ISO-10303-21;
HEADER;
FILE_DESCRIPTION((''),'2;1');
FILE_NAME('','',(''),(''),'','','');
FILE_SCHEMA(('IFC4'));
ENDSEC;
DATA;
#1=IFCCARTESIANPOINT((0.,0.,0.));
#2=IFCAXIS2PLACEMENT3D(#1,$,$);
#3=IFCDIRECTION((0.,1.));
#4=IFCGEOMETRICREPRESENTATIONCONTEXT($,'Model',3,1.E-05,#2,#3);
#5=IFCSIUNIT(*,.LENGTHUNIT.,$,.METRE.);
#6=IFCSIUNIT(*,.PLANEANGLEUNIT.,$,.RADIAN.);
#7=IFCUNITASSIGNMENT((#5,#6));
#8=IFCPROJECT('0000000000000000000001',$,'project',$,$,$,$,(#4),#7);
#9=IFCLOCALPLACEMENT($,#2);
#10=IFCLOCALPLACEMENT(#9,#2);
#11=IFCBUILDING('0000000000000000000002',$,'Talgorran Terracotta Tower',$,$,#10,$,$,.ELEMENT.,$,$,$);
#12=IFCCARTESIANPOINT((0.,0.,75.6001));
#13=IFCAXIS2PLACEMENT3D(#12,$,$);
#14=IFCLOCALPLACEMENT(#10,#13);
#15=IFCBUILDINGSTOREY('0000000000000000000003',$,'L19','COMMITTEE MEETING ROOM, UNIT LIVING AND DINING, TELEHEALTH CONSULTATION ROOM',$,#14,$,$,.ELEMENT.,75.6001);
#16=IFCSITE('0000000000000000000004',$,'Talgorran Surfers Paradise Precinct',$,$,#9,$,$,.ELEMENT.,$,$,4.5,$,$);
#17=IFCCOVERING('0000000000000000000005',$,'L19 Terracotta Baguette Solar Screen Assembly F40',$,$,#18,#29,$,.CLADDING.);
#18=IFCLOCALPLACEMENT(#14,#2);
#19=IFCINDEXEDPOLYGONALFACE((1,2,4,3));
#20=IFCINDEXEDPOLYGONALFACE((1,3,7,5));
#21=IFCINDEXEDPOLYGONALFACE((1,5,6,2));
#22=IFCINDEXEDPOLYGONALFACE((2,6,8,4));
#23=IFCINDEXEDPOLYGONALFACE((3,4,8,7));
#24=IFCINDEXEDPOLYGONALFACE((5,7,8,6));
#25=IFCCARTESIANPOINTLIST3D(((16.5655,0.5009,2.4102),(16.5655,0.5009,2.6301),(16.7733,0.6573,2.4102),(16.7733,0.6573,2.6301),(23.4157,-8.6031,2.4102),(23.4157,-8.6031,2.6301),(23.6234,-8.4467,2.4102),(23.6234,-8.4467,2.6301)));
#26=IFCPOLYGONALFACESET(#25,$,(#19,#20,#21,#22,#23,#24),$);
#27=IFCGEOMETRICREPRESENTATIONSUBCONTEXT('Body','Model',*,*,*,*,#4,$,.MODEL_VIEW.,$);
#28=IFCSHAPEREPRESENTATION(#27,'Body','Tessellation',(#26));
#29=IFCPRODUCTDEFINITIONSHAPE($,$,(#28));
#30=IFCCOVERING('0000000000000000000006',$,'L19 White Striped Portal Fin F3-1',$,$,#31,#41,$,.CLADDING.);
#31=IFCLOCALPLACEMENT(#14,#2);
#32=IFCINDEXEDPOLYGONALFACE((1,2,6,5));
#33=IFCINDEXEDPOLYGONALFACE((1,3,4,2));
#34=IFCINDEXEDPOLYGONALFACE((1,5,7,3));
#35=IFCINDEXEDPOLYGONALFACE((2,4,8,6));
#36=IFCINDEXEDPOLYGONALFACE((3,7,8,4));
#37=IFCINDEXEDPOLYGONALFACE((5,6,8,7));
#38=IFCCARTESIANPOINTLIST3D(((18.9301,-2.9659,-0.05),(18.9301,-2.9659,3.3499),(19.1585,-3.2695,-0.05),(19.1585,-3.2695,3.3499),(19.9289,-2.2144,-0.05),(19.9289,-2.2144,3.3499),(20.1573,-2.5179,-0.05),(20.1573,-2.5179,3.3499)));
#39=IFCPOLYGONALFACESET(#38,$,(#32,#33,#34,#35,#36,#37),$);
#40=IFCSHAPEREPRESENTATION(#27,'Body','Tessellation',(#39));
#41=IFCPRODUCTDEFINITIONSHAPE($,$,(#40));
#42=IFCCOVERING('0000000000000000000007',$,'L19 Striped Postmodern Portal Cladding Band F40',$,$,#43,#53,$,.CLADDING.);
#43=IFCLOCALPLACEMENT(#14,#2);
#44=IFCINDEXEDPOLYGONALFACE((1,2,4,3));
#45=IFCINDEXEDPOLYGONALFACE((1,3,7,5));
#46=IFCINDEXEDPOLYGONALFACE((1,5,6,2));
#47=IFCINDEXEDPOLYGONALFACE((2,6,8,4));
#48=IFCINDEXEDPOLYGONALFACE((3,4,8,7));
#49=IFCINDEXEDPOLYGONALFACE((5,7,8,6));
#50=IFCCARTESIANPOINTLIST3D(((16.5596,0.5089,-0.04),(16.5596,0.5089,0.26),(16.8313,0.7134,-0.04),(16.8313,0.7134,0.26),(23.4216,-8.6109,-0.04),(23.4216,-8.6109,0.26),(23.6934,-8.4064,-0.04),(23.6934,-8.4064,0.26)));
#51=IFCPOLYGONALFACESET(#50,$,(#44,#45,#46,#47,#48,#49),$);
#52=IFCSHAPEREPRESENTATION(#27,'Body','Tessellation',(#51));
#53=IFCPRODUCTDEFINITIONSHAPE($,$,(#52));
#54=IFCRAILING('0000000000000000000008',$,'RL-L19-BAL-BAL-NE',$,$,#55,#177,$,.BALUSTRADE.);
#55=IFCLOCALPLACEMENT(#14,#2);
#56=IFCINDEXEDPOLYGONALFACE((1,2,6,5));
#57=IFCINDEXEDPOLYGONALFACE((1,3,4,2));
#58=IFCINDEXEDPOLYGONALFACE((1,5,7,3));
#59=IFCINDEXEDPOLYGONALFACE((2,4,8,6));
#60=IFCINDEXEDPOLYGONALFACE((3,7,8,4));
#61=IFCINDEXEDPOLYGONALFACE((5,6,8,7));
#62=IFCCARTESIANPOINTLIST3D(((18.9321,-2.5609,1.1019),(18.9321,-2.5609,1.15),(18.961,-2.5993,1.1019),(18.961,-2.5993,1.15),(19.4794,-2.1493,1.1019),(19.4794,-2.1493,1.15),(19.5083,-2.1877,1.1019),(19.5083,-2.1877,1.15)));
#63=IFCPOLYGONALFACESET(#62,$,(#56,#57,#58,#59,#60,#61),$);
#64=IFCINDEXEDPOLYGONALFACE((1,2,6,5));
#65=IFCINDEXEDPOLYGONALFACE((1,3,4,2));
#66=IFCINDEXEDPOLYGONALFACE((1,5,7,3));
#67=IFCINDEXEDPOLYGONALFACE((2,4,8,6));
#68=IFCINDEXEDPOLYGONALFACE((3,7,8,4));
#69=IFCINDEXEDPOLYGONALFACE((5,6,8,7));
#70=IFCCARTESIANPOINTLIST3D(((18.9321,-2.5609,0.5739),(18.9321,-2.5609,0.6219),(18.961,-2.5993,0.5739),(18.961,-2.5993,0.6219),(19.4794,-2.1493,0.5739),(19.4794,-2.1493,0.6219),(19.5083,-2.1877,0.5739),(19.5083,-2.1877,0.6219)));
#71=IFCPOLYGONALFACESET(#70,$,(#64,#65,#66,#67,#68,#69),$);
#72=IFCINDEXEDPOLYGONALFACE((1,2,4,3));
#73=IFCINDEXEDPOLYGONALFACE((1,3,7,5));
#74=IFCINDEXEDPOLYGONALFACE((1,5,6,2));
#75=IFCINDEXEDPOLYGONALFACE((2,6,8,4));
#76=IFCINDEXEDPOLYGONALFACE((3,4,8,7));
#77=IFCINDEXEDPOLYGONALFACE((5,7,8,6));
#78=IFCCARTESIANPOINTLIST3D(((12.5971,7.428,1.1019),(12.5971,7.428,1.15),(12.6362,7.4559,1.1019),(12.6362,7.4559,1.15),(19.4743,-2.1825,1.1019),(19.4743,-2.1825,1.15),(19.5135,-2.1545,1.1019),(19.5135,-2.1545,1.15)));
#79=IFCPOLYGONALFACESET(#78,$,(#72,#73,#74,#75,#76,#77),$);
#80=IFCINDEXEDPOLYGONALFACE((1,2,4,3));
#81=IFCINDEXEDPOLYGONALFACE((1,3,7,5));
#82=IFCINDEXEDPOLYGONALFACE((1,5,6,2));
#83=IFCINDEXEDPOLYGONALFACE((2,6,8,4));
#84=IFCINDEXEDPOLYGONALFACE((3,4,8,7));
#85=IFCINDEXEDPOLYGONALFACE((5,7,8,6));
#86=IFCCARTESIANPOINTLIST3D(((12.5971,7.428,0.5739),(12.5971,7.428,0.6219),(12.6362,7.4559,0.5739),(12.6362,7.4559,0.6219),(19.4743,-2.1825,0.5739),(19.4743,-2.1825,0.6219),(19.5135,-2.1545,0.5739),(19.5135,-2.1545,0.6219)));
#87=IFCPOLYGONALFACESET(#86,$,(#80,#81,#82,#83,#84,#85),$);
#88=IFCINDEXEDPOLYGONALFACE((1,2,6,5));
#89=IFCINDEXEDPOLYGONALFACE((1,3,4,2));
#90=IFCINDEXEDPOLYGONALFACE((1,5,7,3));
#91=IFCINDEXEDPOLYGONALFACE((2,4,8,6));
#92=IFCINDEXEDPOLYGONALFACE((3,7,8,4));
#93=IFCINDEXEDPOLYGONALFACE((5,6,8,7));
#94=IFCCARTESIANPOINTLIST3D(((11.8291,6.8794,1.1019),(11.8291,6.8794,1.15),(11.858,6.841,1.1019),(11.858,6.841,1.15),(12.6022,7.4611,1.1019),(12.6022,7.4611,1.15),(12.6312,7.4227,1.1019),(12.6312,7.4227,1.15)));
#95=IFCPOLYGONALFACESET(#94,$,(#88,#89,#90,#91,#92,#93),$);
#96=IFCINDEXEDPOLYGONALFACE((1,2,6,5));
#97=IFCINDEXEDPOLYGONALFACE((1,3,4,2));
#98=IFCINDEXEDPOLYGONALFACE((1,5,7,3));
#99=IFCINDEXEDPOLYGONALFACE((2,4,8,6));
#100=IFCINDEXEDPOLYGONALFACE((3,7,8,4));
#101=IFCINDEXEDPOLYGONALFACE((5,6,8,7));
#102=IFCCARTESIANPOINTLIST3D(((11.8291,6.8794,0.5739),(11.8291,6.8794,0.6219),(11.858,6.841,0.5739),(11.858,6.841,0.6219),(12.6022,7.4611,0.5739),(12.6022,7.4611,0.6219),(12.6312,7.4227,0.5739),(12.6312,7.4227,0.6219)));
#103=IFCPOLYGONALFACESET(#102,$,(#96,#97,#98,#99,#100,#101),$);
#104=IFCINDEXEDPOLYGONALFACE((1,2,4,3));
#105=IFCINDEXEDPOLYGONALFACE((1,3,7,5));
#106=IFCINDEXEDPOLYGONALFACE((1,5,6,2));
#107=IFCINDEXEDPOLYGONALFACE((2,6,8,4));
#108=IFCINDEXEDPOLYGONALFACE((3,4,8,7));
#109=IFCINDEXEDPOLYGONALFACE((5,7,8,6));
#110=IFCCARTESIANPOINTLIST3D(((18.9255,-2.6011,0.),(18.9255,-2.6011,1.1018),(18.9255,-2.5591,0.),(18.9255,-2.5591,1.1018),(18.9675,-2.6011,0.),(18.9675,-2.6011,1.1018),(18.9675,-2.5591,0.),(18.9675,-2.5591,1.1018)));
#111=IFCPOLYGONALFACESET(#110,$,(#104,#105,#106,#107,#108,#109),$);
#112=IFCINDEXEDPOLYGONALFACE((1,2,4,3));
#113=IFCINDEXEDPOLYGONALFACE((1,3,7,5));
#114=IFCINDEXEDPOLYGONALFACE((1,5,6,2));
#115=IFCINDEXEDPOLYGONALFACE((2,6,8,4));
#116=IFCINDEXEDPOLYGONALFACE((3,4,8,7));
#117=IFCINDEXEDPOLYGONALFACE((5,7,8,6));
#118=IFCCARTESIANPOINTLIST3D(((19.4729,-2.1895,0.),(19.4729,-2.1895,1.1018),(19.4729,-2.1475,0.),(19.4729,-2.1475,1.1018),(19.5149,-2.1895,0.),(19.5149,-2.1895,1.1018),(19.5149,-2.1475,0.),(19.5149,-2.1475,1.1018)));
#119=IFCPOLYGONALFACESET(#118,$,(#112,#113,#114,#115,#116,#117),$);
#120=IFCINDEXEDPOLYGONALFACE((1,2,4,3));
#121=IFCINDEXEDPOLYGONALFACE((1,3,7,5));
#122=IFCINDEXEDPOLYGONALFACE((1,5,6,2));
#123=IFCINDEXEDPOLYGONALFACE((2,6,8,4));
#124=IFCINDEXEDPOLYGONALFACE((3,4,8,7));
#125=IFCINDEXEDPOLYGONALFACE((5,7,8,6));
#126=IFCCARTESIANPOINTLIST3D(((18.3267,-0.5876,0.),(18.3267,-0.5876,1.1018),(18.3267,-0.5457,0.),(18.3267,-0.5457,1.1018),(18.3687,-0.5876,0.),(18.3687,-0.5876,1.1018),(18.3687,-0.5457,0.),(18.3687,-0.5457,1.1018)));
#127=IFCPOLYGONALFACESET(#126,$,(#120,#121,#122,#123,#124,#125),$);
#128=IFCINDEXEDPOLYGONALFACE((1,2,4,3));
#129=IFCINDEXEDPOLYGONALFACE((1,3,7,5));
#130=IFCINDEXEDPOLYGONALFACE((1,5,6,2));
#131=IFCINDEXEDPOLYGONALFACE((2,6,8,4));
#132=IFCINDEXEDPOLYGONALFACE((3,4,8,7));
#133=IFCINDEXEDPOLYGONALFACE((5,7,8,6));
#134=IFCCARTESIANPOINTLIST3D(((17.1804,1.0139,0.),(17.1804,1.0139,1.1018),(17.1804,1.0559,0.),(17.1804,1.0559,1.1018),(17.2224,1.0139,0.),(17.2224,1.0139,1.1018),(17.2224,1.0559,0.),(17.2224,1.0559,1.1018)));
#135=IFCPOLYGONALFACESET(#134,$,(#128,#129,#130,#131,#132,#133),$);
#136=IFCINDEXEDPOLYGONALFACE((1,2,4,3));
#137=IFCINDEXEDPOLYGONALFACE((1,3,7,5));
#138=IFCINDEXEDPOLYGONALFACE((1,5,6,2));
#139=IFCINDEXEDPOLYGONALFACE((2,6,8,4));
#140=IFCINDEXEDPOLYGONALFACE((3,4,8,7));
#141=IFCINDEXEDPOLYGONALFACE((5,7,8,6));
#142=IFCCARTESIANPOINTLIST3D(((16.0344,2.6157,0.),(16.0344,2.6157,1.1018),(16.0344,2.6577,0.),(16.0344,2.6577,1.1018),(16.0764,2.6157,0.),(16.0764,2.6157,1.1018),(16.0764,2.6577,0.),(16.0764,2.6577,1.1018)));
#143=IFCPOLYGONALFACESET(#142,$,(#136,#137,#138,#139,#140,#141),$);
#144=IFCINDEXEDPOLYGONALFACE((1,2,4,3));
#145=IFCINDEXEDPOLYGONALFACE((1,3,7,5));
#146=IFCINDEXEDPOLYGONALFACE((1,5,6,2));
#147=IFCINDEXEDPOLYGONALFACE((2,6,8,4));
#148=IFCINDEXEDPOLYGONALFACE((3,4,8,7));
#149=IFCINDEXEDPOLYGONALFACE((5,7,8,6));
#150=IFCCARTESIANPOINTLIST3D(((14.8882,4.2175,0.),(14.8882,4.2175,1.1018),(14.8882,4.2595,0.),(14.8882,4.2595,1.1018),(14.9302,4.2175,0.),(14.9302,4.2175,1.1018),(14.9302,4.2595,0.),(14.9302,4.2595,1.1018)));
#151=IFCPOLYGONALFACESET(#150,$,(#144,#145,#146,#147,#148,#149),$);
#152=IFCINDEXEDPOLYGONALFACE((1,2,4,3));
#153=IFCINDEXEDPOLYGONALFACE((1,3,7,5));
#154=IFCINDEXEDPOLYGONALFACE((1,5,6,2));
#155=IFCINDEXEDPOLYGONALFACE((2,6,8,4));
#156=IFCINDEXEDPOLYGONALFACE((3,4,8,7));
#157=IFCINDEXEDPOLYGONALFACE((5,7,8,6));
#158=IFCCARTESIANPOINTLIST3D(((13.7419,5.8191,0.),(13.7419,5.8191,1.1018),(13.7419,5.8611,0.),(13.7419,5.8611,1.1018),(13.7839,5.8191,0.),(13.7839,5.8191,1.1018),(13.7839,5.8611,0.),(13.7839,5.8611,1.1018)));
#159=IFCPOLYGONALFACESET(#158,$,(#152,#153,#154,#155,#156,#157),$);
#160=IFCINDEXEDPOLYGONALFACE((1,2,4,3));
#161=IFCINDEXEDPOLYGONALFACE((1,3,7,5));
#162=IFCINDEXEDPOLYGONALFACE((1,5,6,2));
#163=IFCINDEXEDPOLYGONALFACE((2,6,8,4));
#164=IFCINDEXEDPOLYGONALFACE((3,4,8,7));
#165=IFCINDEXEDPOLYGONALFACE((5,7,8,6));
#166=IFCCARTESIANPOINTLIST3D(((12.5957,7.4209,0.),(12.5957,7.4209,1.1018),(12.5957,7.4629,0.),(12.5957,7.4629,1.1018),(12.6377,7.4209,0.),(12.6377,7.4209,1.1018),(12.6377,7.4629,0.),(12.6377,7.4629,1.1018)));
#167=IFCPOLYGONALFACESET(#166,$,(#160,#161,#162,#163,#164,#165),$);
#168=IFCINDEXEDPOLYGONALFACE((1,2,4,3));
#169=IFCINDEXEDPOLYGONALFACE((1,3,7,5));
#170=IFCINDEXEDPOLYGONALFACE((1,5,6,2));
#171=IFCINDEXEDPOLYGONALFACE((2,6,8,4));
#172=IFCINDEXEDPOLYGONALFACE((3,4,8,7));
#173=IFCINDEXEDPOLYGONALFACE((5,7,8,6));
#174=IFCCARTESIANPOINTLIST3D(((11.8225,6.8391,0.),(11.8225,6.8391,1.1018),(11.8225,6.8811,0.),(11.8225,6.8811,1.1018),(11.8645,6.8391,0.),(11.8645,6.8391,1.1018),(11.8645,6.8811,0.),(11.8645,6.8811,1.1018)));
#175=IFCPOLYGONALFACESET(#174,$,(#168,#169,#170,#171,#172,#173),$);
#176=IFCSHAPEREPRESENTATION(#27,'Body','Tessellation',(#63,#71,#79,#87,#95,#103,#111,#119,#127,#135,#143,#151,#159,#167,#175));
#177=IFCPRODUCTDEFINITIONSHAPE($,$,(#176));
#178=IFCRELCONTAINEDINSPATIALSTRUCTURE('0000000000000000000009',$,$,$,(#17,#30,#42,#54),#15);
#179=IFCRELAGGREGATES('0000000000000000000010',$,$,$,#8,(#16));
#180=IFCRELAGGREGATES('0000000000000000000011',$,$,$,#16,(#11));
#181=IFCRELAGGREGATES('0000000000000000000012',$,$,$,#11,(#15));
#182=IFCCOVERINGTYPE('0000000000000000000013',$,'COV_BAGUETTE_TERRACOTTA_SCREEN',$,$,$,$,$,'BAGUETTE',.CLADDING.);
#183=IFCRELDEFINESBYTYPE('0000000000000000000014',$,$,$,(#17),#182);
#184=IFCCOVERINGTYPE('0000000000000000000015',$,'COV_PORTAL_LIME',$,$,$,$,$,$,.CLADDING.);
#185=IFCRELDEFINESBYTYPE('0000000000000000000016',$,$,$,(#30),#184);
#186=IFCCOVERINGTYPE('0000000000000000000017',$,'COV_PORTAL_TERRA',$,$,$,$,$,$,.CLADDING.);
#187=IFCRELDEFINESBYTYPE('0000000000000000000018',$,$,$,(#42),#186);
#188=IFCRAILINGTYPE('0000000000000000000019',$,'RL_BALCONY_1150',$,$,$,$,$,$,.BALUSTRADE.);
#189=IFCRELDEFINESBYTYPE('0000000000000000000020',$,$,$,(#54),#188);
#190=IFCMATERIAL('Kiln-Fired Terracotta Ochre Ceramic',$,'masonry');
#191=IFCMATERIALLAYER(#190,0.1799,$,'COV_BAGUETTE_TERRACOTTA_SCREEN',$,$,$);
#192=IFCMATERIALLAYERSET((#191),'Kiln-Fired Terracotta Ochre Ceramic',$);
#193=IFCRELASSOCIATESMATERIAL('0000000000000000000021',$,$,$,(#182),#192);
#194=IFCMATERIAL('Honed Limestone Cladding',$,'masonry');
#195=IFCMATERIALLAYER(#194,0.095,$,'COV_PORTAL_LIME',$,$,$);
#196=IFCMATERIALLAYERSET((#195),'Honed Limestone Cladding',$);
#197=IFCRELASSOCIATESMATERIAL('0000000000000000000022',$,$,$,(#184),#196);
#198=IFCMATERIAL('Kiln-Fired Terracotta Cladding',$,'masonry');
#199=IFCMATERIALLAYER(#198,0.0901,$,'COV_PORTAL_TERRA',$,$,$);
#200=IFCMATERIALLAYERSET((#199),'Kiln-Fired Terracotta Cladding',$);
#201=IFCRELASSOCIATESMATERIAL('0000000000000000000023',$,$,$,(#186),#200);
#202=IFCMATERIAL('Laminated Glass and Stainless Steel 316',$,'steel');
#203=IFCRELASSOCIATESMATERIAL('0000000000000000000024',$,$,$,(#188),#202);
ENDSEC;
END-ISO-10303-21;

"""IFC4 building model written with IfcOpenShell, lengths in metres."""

from ifc_helpers import new_model, si_unit, direction, frame, origin, origin_2d, place, context, subcontext, project, spatial, rectangle, extrude, material, layer, layer_set, type_object, element, save


model = new_model("IFC4")

# Units and contexts
model_context = context("Model", 3, precision=1e-05, world=origin(), true_north=direction((0.0, 1.0)))
body_context = subcontext(model_context, "Body", "Model", "MODEL_VIEW")
ifc_project = project(units=[si_unit("LENGTHUNIT", "METRE"), si_unit("PLANEANGLEUNIT", "RADIAN")], contexts=[model_context])

# Site, building, storey
site_placement = place(None, origin())
site = spatial("IfcSite", under=ifc_project, at=site_placement, Name="Talgorran Surfers Paradise Precinct", CompositionType="ELEMENT", RefElevation=4.5)
building_placement = place(site_placement, origin())
building = spatial("IfcBuilding", under=site, at=building_placement, Name="Talgorran Terracotta Tower", CompositionType="ELEMENT")
storey_placement = place(building_placement, frame((0.0, 0.0, 75.6001)))
storey = spatial("IfcBuildingStorey", under=building, at=storey_placement, Name="L19", Description="COMMITTEE MEETING ROOM, UNIT LIVING AND DINING, TELEHEALTH CONSULTATION ROOM", CompositionType="ELEMENT", Elevation=75.6001)

# Coverings
ifc_material_1 = material(Name="Kiln-Fired Terracotta Ochre Ceramic", Category="masonry")
ifc_layer_1 = layer(ifc_material_1, 0.1799, Name="COV_BAGUETTE_TERRACOTTA_SCREEN")
ifc_layer_set_1 = layer_set([ifc_layer_1], Name="Kiln-Fired Terracotta Ochre Ceramic")
covering_type_1 = type_object("IfcCoveringType", Name="COV_BAGUETTE_TERRACOTTA_SCREEN", ElementType="BAGUETTE", PredefinedType="CLADDING", material=ifc_layer_set_1)
covering_1_placement = place(storey_placement, frame((20.0945, -3.9729, 2.4102), z_axis=(0.0, 0.0, 1.0), x_axis=(-0.601243, 0.799066, 0.0)))
element("IfcCovering", 1, at=covering_1_placement, inside=storey, type_object=covering_type_1, Name="L19 Terracotta Baguette Solar Screen Assembly F40", PredefinedType="CLADDING", context=body_context, shape_type="SweptSolid", body=[
    extrude(rectangle(XDim=11.3933, YDim=0.26, at=origin_2d()), origin(), (0.0, 0.0, 1.0), 0.22),
])
ifc_material_2 = material(Name="Honed Limestone Cladding", Category="masonry")
ifc_layer_2 = layer(ifc_material_2, 0.095, Name="COV_PORTAL_LIME")
ifc_layer_set_2 = layer_set([ifc_layer_2], Name="Honed Limestone Cladding")
covering_type_2 = type_object("IfcCoveringType", Name="COV_PORTAL_LIME", PredefinedType="CLADDING", material=ifc_layer_set_2)
covering_2_placement = place(storey_placement, frame((19.5437, -2.7419, -0.05), z_axis=(0.0, 0.0, 1.0), x_axis=(-0.601243, 0.799066, 0.0)))
element("IfcCovering", 2, at=covering_2_placement, inside=storey, type_object=covering_type_2, Name="L19 White Striped Portal Fin F3-1", PredefinedType="CLADDING", context=body_context, shape_type="SweptSolid", body=[
    extrude(rectangle(XDim=0.3799, YDim=1.25, at=origin_2d()), origin(), (0.0, 0.0, 1.0), 3.3999),
])
ifc_material_3 = material(Name="Kiln-Fired Terracotta Cladding", Category="masonry")
ifc_layer_3 = layer(ifc_material_3, 0.0901, Name="COV_PORTAL_TERRA")
ifc_layer_set_3 = layer_set([ifc_layer_3], Name="Kiln-Fired Terracotta Cladding")
covering_type_3 = type_object("IfcCoveringType", Name="COV_PORTAL_TERRA", PredefinedType="CLADDING", material=ifc_layer_set_3)
covering_3_placement = place(storey_placement, frame((20.1265, -3.9487, -0.04), z_axis=(0.0, 0.0, 1.0), x_axis=(-0.601243, 0.799066, 0.0)))
element("IfcCovering", 3, at=covering_3_placement, inside=storey, type_object=covering_type_3, Name="L19 Striped Postmodern Portal Cladding Band F40", PredefinedType="CLADDING", context=body_context, shape_type="SweptSolid", body=[
    extrude(rectangle(XDim=11.4131, YDim=0.3401, at=origin_2d()), origin(), (0.0, 0.0, 1.0), 0.3),
])

# Railing
ifc_material_4 = material(Name="Laminated Glass and Stainless Steel 316", Category="steel")
railing_type = type_object("IfcRailingType", Name="RL_BALCONY_1150", PredefinedType="BALUSTRADE", material=ifc_material_4)
railing_placement = place(storey_placement, frame((18.9465, -2.5801, 0.0)))
element("IfcRailing", 4, at=railing_placement, inside=storey, type_object=railing_type, Name="RL-L19-BAL-BAL-NE", PredefinedType="BALUSTRADE", context=body_context, shape_type="SweptSolid", body=[
    extrude(rectangle(XDim=0.0481, YDim=0.0481, at=origin_2d()), frame((0.0, 0.0, 1.126), z_axis=(0.799229, 0.601026, 0.0), x_axis=(-0.601026, 0.799229, 0.0)), (0.0, 0.0, 1.0), 0.6848),
    extrude(rectangle(XDim=0.0481, YDim=0.0481, at=origin_2d()), frame((0.0, 0.0, 0.5979), z_axis=(0.799229, 0.601026, 0.0), x_axis=(-0.601026, 0.799229, 0.0)), (0.0, 0.0, 1.0), 0.6848),
    extrude(rectangle(XDim=0.0481, YDim=0.0481, at=origin_2d()), frame((0.5474, 0.4116, 1.126), z_axis=(-0.581947, 0.813226, 0.0), x_axis=(-0.813226, -0.581947, 0.0)), (0.0, 0.0, 1.0), 11.8176),
    extrude(rectangle(XDim=0.0481, YDim=0.0481, at=origin_2d()), frame((0.5474, 0.4116, 0.5979), z_axis=(-0.581947, 0.813226, 0.0), x_axis=(-0.813226, -0.581947, 0.0)), (0.0, 0.0, 1.0), 11.8176),
    extrude(rectangle(XDim=0.0481, YDim=0.0481, at=origin_2d()), frame((-6.3298, 10.022, 1.126), z_axis=(-0.79906, -0.601251, 0.0), x_axis=(0.601251, -0.79906, 0.0)), (0.0, 0.0, 1.0), 0.9675),
    extrude(rectangle(XDim=0.0481, YDim=0.0481, at=origin_2d()), frame((-6.3298, 10.022, 0.5979), z_axis=(-0.79906, -0.601251, 0.0), x_axis=(0.601251, -0.79906, 0.0)), (0.0, 0.0, 1.0), 0.9675),
    extrude(rectangle(XDim=0.042, YDim=0.042, at=origin_2d()), origin(), (0.0, 0.0, 1.0), 1.1018),
    extrude(rectangle(XDim=0.042, YDim=0.042, at=origin_2d()), frame((0.5474, 0.4116, 0.0)), (0.0, 0.0, 1.0), 1.1018),
    extrude(rectangle(XDim=0.042, YDim=0.042, at=origin_2d()), frame((-0.5989, 2.0134, 0.0)), (0.0, 0.0, 1.0), 1.1018),
    extrude(rectangle(XDim=0.042, YDim=0.042, at=origin_2d()), frame((-1.7451, 3.615, 0.0)), (0.0, 0.0, 1.0), 1.1018),
    extrude(rectangle(XDim=0.042, YDim=0.042, at=origin_2d()), frame((-2.8911, 5.2168, 0.0)), (0.0, 0.0, 1.0), 1.1018),
    extrude(rectangle(XDim=0.042, YDim=0.042, at=origin_2d()), frame((-4.0374, 6.8186, 0.0)), (0.0, 0.0, 1.0), 1.1018),
    extrude(rectangle(XDim=0.042, YDim=0.042, at=origin_2d()), frame((-5.1836, 8.4202, 0.0)), (0.0, 0.0, 1.0), 1.1018),
    extrude(rectangle(XDim=0.042, YDim=0.042, at=origin_2d()), frame((-6.3298, 10.022, 0.0)), (0.0, 0.0, 1.0), 1.1018),
    extrude(rectangle(XDim=0.042, YDim=0.042, at=origin_2d()), frame((-7.103, 9.4402, 0.0)), (0.0, 0.0, 1.0), 1.1018),
])

save(model, "model.ifc")
